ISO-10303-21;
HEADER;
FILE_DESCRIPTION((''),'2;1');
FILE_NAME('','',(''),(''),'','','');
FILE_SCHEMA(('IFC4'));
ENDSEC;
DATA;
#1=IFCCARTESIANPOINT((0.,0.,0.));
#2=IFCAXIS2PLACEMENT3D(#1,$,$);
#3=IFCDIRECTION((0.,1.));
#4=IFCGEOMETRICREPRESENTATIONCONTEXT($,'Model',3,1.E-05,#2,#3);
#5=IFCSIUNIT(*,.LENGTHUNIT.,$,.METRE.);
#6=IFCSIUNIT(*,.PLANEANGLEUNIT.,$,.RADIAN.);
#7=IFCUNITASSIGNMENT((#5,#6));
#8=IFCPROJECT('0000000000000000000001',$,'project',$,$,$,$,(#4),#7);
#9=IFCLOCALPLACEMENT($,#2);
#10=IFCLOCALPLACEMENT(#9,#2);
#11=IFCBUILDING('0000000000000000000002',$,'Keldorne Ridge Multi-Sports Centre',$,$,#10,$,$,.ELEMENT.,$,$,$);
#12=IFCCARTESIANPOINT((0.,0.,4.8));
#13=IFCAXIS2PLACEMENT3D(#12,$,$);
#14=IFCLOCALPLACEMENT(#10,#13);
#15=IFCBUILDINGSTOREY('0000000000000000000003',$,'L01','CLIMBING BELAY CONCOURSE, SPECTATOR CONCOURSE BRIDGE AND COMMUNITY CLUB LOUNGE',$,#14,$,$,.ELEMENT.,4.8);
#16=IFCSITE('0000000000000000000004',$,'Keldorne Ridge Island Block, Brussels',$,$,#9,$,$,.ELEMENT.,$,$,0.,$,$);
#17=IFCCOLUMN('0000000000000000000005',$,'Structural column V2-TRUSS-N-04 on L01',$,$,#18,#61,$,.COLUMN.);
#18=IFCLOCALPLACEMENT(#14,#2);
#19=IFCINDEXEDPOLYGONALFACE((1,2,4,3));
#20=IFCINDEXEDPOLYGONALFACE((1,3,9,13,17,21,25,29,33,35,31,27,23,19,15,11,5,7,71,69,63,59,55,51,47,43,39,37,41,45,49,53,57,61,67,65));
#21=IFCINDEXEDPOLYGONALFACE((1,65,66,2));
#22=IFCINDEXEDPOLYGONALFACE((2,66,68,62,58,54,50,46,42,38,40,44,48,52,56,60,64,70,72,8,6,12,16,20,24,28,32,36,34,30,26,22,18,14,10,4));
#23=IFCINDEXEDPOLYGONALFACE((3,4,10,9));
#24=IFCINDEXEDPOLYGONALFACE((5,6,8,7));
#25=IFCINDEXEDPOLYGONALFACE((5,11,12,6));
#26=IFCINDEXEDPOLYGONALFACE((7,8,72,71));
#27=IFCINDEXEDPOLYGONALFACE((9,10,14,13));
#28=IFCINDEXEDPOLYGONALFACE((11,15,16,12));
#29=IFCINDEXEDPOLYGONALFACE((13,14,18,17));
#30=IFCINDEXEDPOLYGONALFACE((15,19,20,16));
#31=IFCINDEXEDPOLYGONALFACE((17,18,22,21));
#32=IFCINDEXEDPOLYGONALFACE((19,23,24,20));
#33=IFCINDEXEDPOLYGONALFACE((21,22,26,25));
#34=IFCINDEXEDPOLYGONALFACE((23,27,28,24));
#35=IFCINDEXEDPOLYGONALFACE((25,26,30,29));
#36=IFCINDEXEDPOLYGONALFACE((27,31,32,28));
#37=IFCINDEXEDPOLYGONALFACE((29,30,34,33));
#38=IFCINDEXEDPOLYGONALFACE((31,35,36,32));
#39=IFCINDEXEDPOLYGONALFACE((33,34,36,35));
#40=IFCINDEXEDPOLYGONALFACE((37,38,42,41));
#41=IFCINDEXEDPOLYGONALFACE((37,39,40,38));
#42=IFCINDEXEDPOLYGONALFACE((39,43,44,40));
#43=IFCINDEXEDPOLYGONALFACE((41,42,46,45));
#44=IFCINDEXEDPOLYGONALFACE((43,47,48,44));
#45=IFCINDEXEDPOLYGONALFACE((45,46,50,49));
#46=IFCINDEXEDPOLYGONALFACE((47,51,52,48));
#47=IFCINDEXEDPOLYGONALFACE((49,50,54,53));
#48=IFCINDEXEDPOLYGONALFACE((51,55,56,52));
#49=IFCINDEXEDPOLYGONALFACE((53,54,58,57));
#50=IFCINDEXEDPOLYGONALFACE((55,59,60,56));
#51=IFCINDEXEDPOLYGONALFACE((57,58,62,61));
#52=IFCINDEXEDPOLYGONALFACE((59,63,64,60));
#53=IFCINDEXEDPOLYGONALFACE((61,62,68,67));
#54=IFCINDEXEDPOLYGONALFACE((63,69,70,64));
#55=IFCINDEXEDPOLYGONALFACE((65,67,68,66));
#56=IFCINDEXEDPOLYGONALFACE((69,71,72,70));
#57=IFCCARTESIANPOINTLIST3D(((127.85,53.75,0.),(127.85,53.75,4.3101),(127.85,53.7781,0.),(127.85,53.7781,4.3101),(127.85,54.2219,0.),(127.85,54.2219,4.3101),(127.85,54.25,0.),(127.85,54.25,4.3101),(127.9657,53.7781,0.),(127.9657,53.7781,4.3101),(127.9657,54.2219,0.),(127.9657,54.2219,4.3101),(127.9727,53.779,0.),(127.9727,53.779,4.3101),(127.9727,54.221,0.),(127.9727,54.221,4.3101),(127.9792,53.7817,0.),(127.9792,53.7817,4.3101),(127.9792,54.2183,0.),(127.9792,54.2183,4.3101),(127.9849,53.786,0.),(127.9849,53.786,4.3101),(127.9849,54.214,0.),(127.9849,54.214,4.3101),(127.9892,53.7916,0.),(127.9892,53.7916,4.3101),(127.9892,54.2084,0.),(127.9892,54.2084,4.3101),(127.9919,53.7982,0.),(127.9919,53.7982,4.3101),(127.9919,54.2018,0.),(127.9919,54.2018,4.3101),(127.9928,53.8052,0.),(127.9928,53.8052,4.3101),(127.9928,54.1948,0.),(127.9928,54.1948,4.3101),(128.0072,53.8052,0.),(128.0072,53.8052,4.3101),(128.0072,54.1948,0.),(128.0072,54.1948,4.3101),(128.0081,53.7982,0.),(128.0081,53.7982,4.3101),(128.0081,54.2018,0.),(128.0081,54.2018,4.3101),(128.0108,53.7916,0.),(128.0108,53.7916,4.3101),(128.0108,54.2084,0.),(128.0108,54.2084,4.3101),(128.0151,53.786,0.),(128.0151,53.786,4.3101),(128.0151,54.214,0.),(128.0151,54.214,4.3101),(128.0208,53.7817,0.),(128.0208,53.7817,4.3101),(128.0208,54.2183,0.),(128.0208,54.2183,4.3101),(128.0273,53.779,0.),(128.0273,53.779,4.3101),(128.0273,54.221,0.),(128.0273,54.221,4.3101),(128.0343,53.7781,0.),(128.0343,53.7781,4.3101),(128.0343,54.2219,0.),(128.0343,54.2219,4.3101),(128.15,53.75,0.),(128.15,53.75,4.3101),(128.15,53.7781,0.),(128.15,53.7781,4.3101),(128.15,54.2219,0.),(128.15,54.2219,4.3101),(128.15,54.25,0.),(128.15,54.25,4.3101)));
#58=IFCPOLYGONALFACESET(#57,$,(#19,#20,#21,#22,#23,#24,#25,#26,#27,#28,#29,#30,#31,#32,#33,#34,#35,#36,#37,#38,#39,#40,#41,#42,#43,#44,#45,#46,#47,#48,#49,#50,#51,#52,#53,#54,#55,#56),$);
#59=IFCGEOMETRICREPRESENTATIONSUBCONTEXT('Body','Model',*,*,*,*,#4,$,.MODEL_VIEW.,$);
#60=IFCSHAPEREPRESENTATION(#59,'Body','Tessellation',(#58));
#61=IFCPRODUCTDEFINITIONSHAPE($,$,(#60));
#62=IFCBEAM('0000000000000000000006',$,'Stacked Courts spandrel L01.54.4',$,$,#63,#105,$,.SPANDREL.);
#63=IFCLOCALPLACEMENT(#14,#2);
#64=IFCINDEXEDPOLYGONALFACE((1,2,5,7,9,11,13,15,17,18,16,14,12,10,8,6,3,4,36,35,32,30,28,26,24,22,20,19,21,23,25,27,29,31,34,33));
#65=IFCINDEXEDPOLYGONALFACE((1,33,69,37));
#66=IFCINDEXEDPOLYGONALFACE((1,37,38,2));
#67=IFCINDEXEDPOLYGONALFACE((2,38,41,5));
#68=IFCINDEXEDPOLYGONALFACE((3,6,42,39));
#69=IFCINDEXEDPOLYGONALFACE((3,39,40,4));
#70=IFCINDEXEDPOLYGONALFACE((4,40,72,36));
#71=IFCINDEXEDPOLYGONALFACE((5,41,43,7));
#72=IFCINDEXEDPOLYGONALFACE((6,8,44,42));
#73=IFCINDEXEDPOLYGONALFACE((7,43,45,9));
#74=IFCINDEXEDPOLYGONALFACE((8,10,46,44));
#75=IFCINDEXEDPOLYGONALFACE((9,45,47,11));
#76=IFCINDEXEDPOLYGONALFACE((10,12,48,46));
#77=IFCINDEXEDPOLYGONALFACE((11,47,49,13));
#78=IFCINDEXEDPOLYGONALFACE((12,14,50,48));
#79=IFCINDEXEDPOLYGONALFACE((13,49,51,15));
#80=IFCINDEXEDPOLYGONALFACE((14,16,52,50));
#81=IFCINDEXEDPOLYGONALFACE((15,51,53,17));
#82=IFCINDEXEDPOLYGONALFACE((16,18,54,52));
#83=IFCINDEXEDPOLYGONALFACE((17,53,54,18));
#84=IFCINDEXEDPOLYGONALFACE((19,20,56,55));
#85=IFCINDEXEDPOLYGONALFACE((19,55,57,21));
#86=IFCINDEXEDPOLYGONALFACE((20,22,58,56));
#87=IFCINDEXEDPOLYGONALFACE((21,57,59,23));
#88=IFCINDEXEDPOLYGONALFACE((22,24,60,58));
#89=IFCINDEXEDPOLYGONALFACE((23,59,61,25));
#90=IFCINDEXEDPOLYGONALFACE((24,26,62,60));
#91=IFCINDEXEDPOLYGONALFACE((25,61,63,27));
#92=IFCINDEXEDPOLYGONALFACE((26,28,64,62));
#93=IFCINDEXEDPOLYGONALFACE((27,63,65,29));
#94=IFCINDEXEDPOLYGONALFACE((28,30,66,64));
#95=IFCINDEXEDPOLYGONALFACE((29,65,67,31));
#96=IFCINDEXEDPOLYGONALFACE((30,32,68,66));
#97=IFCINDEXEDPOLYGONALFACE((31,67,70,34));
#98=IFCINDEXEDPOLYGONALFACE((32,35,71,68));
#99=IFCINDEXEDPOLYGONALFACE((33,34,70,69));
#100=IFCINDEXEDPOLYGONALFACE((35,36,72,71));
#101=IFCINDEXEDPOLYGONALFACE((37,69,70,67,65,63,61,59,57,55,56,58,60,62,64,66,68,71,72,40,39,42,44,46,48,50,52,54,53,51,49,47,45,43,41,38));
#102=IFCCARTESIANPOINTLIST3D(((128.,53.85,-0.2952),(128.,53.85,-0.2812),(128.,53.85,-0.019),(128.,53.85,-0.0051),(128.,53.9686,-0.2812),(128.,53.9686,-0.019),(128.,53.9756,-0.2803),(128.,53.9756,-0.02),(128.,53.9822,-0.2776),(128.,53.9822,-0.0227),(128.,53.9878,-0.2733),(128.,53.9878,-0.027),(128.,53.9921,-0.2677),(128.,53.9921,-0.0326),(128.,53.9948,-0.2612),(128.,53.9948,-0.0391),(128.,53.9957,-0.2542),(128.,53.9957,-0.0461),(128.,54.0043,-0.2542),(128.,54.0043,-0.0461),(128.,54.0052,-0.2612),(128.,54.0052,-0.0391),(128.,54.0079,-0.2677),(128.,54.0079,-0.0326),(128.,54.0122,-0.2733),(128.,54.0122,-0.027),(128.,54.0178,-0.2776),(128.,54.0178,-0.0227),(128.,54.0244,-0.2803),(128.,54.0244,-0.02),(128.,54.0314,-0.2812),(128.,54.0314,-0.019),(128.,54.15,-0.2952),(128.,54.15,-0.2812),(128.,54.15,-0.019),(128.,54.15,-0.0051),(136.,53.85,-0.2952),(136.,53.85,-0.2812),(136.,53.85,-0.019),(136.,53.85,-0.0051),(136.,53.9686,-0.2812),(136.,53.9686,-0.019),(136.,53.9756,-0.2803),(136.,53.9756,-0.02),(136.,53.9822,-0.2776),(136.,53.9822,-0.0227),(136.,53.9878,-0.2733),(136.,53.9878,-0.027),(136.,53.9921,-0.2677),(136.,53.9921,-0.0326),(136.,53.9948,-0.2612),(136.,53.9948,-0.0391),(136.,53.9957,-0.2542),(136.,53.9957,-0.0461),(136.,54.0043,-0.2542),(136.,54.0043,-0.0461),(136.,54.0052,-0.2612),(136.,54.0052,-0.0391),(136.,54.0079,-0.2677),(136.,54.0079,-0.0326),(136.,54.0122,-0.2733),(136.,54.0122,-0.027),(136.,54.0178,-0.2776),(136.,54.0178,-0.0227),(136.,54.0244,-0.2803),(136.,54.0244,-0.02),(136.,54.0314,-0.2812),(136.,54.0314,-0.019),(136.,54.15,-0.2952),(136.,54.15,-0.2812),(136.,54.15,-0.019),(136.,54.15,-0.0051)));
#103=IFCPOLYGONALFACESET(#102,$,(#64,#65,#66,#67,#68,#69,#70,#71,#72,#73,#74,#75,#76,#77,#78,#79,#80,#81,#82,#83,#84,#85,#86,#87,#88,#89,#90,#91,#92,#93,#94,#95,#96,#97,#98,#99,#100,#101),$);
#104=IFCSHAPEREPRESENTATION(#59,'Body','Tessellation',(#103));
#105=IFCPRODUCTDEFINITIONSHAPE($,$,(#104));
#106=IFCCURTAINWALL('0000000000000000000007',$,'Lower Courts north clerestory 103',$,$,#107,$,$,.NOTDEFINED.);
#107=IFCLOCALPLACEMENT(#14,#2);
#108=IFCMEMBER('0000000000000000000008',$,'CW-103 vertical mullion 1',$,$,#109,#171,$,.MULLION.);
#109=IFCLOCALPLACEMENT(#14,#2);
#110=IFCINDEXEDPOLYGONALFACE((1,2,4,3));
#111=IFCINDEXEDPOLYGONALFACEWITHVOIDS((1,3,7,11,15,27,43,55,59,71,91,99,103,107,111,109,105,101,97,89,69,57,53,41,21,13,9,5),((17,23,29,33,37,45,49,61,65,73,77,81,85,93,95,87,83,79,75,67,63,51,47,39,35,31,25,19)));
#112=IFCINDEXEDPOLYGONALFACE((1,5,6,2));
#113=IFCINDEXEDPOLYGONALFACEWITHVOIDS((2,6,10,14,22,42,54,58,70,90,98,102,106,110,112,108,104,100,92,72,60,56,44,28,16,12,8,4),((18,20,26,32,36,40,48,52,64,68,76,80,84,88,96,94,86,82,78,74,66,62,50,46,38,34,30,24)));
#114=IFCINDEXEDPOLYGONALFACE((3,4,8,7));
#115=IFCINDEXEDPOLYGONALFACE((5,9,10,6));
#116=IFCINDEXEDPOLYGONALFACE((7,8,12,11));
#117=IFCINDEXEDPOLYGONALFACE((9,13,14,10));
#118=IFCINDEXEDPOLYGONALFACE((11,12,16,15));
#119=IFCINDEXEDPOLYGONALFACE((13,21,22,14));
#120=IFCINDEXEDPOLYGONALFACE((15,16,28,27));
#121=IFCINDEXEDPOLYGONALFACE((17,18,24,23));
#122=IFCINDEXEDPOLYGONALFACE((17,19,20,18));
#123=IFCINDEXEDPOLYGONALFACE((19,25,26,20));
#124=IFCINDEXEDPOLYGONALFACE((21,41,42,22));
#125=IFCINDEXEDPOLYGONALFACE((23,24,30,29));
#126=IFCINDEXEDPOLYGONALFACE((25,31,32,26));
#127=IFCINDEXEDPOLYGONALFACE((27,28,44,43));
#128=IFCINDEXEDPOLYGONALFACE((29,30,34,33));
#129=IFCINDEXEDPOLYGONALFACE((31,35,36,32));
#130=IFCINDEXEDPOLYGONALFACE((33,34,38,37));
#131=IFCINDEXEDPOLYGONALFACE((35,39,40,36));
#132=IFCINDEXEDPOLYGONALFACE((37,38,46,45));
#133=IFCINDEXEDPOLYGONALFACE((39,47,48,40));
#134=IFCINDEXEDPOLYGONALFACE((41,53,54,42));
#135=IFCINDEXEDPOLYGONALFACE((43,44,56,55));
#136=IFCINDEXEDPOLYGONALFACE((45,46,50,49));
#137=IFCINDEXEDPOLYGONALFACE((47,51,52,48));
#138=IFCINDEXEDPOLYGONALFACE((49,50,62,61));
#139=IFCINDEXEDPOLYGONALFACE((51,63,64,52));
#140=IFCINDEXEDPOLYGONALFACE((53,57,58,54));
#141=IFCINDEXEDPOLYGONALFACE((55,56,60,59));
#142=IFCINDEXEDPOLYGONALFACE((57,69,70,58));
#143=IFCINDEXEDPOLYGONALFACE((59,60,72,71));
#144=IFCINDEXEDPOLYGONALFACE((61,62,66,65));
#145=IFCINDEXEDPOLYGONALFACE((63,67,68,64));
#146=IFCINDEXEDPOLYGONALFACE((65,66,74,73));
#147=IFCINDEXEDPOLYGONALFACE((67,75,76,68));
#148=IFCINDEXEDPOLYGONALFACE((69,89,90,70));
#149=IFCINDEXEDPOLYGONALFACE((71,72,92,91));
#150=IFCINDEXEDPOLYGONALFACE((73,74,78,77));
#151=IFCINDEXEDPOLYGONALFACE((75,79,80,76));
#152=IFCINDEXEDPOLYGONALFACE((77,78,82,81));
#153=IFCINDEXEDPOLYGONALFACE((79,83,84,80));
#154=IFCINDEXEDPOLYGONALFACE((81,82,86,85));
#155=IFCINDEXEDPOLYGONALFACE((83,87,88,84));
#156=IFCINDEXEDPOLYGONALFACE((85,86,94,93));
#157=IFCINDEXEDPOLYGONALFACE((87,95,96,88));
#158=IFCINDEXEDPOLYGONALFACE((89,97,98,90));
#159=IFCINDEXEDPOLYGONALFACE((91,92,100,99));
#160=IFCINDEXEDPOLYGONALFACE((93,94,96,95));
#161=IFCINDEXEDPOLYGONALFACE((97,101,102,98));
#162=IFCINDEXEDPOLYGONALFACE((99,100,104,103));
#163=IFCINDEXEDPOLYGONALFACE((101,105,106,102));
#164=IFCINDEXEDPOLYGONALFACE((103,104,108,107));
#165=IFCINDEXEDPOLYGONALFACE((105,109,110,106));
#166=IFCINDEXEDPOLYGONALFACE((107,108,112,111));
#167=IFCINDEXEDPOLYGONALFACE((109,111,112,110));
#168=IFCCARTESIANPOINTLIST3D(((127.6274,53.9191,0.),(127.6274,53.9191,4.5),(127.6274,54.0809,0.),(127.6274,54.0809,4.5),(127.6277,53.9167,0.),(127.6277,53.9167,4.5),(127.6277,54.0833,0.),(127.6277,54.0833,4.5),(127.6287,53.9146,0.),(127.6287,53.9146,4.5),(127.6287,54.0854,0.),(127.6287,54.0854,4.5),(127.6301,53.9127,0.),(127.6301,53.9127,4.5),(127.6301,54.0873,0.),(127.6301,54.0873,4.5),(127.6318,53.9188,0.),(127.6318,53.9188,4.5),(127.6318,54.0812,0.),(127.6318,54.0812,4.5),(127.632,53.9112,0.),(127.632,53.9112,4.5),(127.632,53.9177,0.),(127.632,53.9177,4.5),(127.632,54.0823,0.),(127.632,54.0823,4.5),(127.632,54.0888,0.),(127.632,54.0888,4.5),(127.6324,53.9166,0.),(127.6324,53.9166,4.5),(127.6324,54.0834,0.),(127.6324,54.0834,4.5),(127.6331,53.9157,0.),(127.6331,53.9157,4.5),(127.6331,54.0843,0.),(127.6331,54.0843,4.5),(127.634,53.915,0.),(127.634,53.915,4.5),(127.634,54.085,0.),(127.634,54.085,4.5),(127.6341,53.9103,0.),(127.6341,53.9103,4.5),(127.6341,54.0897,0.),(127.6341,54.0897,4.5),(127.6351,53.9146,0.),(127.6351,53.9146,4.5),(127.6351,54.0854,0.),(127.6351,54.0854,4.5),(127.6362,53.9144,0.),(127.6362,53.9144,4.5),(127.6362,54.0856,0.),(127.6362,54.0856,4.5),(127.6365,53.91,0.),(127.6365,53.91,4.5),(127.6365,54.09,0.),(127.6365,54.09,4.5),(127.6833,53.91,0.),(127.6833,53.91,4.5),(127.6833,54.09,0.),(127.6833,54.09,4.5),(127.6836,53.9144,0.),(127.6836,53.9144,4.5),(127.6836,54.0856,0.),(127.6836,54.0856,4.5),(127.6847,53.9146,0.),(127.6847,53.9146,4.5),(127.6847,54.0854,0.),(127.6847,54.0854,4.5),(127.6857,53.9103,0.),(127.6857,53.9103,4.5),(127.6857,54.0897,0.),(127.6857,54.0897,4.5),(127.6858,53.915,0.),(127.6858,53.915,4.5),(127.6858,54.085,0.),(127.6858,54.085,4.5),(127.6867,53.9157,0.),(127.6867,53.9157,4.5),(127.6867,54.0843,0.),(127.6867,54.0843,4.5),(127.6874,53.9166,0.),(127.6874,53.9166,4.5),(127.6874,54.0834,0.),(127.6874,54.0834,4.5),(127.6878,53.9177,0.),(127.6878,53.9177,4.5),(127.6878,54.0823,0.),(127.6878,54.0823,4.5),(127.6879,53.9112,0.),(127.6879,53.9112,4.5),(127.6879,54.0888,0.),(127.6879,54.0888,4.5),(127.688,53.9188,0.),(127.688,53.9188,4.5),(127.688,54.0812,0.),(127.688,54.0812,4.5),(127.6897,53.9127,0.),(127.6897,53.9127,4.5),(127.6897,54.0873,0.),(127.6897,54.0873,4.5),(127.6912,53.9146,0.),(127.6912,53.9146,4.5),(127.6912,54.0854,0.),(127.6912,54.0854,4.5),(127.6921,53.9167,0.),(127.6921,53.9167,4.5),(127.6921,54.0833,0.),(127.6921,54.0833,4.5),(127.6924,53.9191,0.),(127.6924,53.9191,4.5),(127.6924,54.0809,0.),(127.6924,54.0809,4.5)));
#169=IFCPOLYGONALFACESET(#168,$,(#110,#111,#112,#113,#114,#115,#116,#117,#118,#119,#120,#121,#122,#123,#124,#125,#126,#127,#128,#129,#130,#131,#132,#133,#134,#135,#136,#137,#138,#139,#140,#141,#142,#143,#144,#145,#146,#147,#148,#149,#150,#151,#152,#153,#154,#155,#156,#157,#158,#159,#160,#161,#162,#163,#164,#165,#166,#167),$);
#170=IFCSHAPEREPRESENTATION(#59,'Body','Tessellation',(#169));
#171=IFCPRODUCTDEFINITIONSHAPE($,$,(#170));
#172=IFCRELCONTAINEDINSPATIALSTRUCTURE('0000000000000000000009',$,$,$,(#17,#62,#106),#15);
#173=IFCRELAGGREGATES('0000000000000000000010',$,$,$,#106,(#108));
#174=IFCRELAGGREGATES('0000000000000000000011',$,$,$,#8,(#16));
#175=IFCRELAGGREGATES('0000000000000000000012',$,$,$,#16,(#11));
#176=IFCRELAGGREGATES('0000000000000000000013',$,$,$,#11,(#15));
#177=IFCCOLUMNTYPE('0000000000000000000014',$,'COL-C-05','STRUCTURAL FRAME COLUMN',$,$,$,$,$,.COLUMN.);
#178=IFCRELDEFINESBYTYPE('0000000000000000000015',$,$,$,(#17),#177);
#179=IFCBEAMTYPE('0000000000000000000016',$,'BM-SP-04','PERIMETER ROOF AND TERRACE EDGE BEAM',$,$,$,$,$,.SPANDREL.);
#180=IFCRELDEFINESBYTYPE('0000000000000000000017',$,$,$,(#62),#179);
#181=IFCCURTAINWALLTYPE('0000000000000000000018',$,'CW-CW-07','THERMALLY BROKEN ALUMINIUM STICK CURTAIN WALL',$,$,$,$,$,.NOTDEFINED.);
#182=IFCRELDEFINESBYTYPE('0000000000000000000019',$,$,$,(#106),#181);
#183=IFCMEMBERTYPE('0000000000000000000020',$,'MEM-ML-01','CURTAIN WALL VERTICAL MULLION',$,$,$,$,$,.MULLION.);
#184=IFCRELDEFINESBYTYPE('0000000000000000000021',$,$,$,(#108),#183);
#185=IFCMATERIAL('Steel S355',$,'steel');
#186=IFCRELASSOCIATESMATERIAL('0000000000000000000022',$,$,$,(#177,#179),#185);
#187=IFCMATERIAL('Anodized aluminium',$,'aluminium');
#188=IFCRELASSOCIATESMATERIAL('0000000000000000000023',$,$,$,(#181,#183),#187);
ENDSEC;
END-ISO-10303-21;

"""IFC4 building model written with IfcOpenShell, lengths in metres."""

from ifc_helpers import new_model, si_unit, direction, frame, origin, origin_2d, place, context, subcontext, project, spatial, hollow_rectangle, i_section, extrude, material, material_profile, profile_set, type_object, element, aggregate, save


model = new_model("IFC4")

# Units and contexts
model_context = context("Model", 3, precision=1e-05, world=origin(), true_north=direction((0.0, 1.0)))
body_context = subcontext(model_context, "Body", "Model", "MODEL_VIEW")
ifc_project = project(units=[si_unit("LENGTHUNIT", "METRE"), si_unit("PLANEANGLEUNIT", "RADIAN")], contexts=[model_context])

# Site, building, storey
site_placement = place(None, origin())
site = spatial("IfcSite", under=ifc_project, at=site_placement, Name="Keldorne Ridge Island Block, Brussels", CompositionType="ELEMENT", RefElevation=0.0)
building_placement = place(site_placement, origin())
building = spatial("IfcBuilding", under=site, at=building_placement, Name="Keldorne Ridge Multi-Sports Centre", CompositionType="ELEMENT")
storey_placement = place(building_placement, frame((0.0, 0.0, 4.8)))
storey = spatial("IfcBuildingStorey", under=building, at=storey_placement, Name="L01", Description="CLIMBING BELAY CONCOURSE, SPECTATOR CONCOURSE BRIDGE AND COMMUNITY CLUB LOUNGE", CompositionType="ELEMENT", Elevation=4.8)

# Column
ifc_material_1 = material(Name="Steel S355", Category="steel")
ifc_material_profile_1 = material_profile(ifc_material_1, i_section(OverallWidth=0.3, OverallDepth=0.5, WebThickness=0.0144, FlangeThickness=0.0281, FilletRadius=0.0271, at=origin_2d()), Name="HEB 500")
ifc_profile_set_1 = profile_set([ifc_material_profile_1], Name="Steel S355")
column_type = type_object("IfcColumnType", Name="COL-C-05", Description="STRUCTURAL FRAME COLUMN", PredefinedType="COLUMN", material=ifc_profile_set_1)
column_placement = place(storey_placement, frame((128.0, 54.0, 0.0), z_axis=(0.0, 0.0, 1.0), x_axis=(1.0, 0.0, 0.0)))
element("IfcColumn", 1, at=column_placement, inside=storey, type_object=column_type, Name="Structural column V2-TRUSS-N-04 on L01", PredefinedType="COLUMN", context=body_context, shape_type="SweptSolid", body=[
    extrude(i_section(OverallWidth=0.3, OverallDepth=0.5, WebThickness=0.0144, FlangeThickness=0.0281, FilletRadius=0.0271, at=origin_2d()), origin(), (0.0, 0.0, 1.0), 4.3101),
])

# Beam
ifc_material_profile_2 = material_profile(ifc_material_1, i_section(OverallWidth=0.3, OverallDepth=0.29, WebThickness=0.0085, FlangeThickness=0.0139, FilletRadius=0.0271, at=origin_2d()), Name="HEA 300")
ifc_profile_set_2 = profile_set([ifc_material_profile_2], Name="Steel S355")
beam_type = type_object("IfcBeamType", Name="BM-SP-04", Description="PERIMETER ROOF AND TERRACE EDGE BEAM", PredefinedType="SPANDREL", material=ifc_profile_set_2)
beam_placement = place(storey_placement, frame((128.0, 54.0, -0.1501), z_axis=(1.0, 0.0, 0.0), x_axis=(0.0, 1.0, 0.0)))
element("IfcBeam", 2, at=beam_placement, inside=storey, type_object=beam_type, Name="Stacked Courts spandrel L01.54.4", PredefinedType="SPANDREL", context=body_context, shape_type="SweptSolid", body=[
    extrude(i_section(OverallWidth=0.3, OverallDepth=0.29, WebThickness=0.0085, FlangeThickness=0.0139, FilletRadius=0.0271, at=origin_2d()), origin(), (0.0, 0.0, 1.0), 8.0),
])

# Curtain wall, member
ifc_material_2 = material(Name="Anodized aluminium", Category="aluminium")
curtain_wall_type_1 = type_object("IfcCurtainWallType", Name="CW-CW-07", Description="THERMALLY BROKEN ALUMINIUM STICK CURTAIN WALL", PredefinedType="NOTDEFINED", material=ifc_material_2)
curtain_wall_1_placement = place(storey_placement, origin())
curtain_wall_1 = element("IfcCurtainWall", 3, at=curtain_wall_1_placement, inside=storey, type_object=curtain_wall_type_1, Name="Lower Courts north clerestory 103", PredefinedType="NOTDEFINED")
ifc_material_profile_3 = material_profile(ifc_material_2, hollow_rectangle(XDim=0.0649, YDim=0.1799, WallThickness=0.0044, InnerFilletRadius=0.0044, OuterFilletRadius=0.009, at=origin_2d()), Name="ALU MULLION 180x65x4.5")
ifc_profile_set_3 = profile_set([ifc_material_profile_3], Name="Anodized aluminium")
member_type_1 = type_object("IfcMemberType", Name="MEM-ML-01", Description="CURTAIN WALL VERTICAL MULLION", PredefinedType="MULLION", material=ifc_profile_set_3)
member_1_placement = place(storey_placement, frame((127.6599, 54.0, 0.0), z_axis=(0.0, 0.0, 1.0), x_axis=(1.0, 0.0, 0.0)))
member_1 = element("IfcMember", 4, at=member_1_placement, type_object=member_type_1, Name="CW-103 vertical mullion 1", PredefinedType="MULLION", context=body_context, shape_type="SweptSolid", body=[
    extrude(hollow_rectangle(XDim=0.0649, YDim=0.1799, WallThickness=0.0044, InnerFilletRadius=0.0044, OuterFilletRadius=0.009, at=origin_2d()), origin(), (0.0, 0.0, 1.0), 4.5),
])

aggregate(curtain_wall_1, [member_1])

save(model, "model.ifc")
